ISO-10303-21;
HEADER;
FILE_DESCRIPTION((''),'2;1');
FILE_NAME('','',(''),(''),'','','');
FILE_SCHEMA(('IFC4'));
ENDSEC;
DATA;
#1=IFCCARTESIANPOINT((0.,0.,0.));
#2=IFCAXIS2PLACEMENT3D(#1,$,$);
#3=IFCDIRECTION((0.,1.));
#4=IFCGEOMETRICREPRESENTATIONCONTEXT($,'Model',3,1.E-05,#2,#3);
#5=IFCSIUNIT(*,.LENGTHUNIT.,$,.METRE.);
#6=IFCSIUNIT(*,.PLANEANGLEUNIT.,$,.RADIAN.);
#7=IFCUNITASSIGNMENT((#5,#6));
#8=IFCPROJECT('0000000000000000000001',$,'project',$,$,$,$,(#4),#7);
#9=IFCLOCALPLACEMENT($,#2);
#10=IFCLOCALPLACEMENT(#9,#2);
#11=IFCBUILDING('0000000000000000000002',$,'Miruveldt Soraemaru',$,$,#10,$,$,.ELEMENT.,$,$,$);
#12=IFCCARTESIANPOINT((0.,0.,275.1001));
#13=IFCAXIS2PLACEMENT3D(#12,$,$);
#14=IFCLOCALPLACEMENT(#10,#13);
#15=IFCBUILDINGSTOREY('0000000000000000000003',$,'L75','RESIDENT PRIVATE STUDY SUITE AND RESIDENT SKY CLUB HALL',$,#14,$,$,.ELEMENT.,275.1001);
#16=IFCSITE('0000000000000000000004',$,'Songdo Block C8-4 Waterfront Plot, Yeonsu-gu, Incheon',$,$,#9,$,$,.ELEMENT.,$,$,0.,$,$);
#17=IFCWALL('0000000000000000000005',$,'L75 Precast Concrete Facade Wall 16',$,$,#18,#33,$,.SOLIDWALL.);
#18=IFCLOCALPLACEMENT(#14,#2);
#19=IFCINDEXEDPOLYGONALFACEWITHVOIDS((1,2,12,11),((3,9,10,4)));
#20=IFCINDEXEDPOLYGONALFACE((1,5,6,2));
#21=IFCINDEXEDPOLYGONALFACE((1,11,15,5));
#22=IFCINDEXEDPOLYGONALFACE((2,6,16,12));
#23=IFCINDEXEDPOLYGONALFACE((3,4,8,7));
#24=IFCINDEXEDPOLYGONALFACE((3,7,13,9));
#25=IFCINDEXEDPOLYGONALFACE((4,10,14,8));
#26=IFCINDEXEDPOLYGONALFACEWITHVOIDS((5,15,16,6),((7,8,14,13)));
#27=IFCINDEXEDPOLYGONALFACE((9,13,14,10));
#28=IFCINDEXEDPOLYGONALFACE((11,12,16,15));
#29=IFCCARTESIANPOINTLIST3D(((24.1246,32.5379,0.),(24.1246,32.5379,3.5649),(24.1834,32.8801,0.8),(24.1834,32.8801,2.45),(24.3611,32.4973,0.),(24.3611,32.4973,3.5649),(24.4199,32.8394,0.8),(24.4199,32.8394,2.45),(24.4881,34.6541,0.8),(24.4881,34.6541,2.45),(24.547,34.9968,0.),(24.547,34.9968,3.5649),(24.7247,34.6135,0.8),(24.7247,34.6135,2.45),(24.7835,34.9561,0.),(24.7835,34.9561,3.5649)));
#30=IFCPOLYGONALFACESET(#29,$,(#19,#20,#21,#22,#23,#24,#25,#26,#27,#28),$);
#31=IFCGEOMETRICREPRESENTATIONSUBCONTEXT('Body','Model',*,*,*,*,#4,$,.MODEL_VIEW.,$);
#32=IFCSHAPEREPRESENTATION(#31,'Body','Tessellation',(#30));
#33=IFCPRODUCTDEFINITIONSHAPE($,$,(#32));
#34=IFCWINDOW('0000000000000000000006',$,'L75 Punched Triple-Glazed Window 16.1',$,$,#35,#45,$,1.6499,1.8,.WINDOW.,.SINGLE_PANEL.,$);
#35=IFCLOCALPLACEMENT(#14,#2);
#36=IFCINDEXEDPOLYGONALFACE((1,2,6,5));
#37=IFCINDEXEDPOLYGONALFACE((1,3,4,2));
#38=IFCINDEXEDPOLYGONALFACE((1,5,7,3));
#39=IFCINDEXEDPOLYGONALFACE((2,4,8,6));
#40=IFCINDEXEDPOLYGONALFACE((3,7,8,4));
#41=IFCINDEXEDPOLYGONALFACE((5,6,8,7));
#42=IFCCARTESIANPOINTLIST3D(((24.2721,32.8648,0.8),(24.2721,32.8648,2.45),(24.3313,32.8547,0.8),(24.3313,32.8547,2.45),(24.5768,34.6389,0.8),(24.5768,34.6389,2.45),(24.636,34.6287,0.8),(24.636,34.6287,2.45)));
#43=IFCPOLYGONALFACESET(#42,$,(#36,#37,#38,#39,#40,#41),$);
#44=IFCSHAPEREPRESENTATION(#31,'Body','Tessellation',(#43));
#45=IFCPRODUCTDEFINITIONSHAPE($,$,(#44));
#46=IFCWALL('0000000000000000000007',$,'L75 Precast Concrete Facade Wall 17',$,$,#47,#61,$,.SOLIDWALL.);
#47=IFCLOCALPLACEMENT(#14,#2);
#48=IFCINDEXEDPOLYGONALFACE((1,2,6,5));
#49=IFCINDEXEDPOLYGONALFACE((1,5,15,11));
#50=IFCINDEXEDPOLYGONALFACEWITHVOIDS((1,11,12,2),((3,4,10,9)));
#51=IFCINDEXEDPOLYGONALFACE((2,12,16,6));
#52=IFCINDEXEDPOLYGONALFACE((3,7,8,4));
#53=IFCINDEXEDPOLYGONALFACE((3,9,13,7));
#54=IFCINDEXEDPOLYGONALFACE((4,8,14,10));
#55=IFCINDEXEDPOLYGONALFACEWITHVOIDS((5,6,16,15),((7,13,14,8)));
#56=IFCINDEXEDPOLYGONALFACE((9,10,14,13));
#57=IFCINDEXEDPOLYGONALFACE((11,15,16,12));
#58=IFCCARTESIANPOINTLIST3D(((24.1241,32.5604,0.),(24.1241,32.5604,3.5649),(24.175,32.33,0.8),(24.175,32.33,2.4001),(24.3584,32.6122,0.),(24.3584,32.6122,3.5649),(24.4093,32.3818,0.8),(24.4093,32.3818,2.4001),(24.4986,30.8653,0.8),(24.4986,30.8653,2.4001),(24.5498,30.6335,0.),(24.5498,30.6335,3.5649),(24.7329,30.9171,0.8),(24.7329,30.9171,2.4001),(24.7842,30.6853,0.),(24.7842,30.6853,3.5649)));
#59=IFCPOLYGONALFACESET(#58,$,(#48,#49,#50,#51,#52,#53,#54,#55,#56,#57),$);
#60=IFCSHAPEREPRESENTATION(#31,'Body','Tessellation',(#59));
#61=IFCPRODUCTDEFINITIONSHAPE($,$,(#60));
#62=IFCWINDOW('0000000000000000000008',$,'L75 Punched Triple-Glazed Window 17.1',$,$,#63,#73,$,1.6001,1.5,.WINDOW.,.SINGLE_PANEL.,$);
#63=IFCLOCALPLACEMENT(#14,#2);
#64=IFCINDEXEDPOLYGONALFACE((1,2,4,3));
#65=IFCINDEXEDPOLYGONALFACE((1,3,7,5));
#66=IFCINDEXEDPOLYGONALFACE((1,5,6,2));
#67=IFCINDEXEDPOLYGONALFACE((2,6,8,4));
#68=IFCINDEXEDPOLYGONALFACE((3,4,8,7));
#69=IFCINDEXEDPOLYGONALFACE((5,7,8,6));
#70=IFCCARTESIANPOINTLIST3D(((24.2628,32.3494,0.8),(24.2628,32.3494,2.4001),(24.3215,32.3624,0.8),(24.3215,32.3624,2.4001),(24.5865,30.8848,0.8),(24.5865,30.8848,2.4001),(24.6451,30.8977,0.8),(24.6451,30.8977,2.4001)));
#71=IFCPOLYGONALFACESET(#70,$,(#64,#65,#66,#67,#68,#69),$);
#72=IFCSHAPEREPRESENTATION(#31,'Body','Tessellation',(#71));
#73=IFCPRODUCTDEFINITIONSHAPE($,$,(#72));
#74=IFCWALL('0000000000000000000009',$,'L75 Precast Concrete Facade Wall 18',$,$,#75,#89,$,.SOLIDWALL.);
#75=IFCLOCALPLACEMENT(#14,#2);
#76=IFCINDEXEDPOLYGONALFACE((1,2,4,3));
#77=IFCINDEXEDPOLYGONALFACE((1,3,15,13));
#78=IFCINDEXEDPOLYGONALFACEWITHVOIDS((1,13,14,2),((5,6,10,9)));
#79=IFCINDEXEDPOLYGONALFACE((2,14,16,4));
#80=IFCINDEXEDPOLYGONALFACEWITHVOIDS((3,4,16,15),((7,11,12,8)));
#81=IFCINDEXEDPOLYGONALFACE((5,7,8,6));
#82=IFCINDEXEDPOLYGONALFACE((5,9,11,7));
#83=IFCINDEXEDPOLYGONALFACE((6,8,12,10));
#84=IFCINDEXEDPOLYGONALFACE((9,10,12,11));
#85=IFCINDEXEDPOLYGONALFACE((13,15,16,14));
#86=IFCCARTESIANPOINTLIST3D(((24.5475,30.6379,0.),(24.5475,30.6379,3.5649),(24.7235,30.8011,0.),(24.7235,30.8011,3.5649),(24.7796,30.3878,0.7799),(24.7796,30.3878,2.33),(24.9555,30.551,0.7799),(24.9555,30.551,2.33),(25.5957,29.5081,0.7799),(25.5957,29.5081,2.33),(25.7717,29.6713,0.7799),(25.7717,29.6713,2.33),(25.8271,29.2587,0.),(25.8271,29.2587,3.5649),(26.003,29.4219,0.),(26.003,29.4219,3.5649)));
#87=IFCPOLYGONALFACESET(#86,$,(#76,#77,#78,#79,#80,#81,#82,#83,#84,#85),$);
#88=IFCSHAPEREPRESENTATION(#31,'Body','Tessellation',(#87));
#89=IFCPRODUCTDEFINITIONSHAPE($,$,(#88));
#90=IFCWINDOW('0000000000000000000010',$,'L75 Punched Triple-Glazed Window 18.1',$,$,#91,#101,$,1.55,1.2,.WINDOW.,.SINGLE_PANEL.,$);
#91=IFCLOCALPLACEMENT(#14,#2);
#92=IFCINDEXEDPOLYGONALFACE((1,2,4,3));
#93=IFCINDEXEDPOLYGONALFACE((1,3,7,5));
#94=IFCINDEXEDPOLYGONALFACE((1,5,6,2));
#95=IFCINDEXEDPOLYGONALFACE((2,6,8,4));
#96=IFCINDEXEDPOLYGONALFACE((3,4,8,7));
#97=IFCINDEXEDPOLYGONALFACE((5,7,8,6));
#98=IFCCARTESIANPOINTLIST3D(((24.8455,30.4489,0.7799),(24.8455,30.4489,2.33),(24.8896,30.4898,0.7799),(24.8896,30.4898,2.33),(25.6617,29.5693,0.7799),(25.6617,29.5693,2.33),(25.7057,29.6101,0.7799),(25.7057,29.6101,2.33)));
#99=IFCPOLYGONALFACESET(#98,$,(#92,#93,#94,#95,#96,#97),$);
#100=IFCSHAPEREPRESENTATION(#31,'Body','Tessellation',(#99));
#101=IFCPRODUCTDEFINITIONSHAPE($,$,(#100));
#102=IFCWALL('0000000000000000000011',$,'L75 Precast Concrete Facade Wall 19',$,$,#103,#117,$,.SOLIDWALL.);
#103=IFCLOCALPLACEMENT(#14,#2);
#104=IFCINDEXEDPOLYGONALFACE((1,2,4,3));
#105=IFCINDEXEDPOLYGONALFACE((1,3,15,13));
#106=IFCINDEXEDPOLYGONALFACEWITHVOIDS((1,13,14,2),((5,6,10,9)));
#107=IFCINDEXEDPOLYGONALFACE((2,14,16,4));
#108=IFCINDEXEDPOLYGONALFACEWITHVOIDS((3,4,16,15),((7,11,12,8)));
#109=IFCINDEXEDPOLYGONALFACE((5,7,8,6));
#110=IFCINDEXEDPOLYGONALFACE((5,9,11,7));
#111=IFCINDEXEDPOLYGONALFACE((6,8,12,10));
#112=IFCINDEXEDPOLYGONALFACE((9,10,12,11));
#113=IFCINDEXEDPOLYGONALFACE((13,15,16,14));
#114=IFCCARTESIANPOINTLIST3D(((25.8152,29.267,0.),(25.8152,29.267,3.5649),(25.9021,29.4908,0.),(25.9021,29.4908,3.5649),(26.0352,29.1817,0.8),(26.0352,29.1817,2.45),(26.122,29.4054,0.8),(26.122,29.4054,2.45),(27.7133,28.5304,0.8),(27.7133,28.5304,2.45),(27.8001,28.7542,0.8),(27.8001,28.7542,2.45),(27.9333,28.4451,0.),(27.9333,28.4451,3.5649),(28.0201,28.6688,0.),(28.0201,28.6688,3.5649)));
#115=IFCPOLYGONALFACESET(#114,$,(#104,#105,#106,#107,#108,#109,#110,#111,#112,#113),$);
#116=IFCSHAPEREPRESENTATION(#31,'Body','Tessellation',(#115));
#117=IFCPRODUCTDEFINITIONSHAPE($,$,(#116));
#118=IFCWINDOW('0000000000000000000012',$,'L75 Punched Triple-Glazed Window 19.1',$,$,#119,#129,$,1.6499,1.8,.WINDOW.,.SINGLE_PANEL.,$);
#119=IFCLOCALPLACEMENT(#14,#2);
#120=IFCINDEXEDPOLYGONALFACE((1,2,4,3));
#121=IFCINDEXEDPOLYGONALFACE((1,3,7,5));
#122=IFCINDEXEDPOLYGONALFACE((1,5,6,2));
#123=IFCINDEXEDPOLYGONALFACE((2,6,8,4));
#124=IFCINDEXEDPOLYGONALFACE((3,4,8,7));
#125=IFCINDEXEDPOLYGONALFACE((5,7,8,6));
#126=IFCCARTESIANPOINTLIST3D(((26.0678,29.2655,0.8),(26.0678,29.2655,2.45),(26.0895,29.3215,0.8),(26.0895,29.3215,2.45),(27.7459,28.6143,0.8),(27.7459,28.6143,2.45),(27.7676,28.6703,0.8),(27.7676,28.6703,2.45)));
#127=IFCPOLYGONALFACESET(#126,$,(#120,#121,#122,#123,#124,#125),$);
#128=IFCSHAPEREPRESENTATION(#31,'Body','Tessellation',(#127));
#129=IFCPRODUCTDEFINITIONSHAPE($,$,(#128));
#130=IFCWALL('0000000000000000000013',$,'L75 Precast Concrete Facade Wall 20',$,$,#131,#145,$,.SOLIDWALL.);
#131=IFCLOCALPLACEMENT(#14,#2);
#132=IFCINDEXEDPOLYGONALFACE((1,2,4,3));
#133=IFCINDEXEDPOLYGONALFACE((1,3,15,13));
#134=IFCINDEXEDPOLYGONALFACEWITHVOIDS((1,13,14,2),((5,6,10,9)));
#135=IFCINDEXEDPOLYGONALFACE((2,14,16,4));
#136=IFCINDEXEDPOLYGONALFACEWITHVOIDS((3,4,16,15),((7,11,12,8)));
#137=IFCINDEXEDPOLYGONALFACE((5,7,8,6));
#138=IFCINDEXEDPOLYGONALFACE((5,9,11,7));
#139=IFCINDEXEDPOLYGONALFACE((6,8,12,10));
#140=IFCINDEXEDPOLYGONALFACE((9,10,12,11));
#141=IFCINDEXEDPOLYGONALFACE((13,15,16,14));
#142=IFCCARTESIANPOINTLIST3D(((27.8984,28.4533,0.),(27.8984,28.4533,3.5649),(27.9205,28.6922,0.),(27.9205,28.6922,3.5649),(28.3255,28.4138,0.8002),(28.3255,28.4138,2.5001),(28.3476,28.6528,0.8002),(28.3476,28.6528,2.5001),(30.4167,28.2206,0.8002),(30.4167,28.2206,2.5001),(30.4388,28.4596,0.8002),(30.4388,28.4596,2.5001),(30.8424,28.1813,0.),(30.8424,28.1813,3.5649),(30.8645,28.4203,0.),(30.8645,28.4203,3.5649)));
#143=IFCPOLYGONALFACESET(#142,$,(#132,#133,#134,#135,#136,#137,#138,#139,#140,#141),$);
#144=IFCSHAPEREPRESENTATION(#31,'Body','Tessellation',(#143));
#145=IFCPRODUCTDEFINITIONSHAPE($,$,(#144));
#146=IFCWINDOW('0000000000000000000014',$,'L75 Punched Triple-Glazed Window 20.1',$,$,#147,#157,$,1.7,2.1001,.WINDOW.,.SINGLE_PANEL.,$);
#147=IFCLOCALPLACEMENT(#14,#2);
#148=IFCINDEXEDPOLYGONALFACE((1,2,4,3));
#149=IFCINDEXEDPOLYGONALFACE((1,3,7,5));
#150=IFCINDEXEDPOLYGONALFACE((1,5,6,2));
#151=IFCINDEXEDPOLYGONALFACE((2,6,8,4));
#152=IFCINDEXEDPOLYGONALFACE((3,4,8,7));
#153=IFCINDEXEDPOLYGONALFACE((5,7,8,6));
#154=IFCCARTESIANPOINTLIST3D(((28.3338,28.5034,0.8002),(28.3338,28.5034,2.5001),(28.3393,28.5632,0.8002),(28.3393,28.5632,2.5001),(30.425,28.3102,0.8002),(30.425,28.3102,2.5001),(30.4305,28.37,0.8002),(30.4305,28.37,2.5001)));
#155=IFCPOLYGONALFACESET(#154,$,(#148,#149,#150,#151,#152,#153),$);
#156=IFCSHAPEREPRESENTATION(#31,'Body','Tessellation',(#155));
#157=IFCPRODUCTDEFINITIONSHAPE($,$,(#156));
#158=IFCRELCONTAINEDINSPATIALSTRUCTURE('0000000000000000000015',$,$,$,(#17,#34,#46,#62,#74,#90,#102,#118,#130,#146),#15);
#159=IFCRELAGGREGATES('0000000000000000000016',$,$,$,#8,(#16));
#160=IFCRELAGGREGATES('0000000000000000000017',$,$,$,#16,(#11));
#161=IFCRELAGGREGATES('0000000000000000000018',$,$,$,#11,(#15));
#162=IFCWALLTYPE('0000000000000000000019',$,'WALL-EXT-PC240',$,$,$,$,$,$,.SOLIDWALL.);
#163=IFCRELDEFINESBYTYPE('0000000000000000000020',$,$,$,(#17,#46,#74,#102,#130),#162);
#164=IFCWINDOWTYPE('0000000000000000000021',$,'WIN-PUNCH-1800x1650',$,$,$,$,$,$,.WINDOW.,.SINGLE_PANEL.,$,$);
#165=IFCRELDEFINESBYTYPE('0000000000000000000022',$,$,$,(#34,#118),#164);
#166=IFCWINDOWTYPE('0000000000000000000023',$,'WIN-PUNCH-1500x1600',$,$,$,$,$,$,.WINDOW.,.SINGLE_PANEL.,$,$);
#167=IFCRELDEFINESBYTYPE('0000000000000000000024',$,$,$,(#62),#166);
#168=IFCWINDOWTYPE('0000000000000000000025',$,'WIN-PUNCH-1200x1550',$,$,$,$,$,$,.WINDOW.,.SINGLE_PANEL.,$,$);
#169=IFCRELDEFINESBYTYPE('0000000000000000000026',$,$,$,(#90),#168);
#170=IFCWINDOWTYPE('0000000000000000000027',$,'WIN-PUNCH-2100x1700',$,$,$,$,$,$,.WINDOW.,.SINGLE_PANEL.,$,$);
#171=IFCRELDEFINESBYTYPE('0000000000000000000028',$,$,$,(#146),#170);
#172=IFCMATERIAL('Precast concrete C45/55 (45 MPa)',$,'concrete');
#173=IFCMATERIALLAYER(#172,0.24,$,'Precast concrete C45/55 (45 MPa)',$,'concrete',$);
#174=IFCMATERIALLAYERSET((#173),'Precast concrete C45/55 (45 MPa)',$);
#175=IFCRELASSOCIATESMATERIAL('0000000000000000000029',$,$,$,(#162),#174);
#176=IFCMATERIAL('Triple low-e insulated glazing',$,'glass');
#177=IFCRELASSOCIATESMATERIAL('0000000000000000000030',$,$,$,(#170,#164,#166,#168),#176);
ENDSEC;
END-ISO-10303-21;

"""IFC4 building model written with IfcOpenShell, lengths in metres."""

from ifc_helpers import new_model, si_unit, direction, frame, frame_2d, origin, place, context, subcontext, project, spatial, rectangle, extrude, material, layer, layer_set, type_object, element, fill, save


model = new_model("IFC4")

# Units and contexts
model_context = context("Model", 3, precision=1e-05, world=origin(), true_north=direction((0.0, 1.0)))
body_context = subcontext(model_context, "Body", "Model", "MODEL_VIEW")
ifc_project = project(units=[si_unit("LENGTHUNIT", "METRE"), si_unit("PLANEANGLEUNIT", "RADIAN")], contexts=[model_context])

# Site, building, storey
site_placement = place(None, origin())
site = spatial("IfcSite", under=ifc_project, at=site_placement, Name="Songdo Block C8-4 Waterfront Plot, Yeonsu-gu, Incheon", CompositionType="ELEMENT", RefElevation=0.0)
building_placement = place(site_placement, origin())
building = spatial("IfcBuilding", under=site, at=building_placement, Name="Miruveldt Soraemaru", CompositionType="ELEMENT")
storey_placement = place(building_placement, frame((0.0, 0.0, 275.1001)))
storey = spatial("IfcBuildingStorey", under=building, at=storey_placement, Name="L75", Description="RESIDENT PRIVATE STUDY SUITE AND RESIDENT SKY CLUB HALL", CompositionType="ELEMENT", Elevation=275.1001)

# Walls, openings, windows
ifc_material_1 = material(Name="Precast concrete C45/55 (45 MPa)", Category="concrete")
ifc_layer_1 = layer(ifc_material_1, 0.24, Name="Precast concrete C45/55 (45 MPa)", Category="concrete")
ifc_layer_set_1 = layer_set([ifc_layer_1], Name="Precast concrete C45/55 (45 MPa)")
wall_type_1 = type_object("IfcWallType", Name="WALL-EXT-PC240", PredefinedType="SOLIDWALL", material=ifc_layer_set_1)
ifc_material_2 = material(Name="Triple low-e insulated glazing", Category="glass")
window_type_1 = type_object("IfcWindowType", Name="WIN-PUNCH-2100x1700", PartitioningType="SINGLE_PANEL", PredefinedType="WINDOW", material=ifc_material_2)
wall_1_placement = place(storey_placement, frame((24.6653, 34.9766, 0.0), z_axis=(0.0, 0.0, 1.0), x_axis=(-0.169301, -0.985564, 0.0)))
wall_1 = element("IfcWall", 1, at=wall_1_placement, inside=storey, type_object=wall_type_1, Name="L75 Precast Concrete Facade Wall 16", PredefinedType="SOLIDWALL", context=body_context, shape_type="SweptSolid", body=[
    extrude(rectangle(XDim=2.4949, YDim=0.24, at=frame_2d((1.2476, 0.0))), origin(), (0.0, 0.0, 1.0), 3.5649),
])
opening_1_placement = place(wall_1_placement, frame((0.3479, 0.0, 0.8)))
opening_1 = element("IfcOpeningElement", 2, at=opening_1_placement, cuts=wall_1, PredefinedType="OPENING", context=body_context, shape_type="SweptSolid", body=[
    extrude(rectangle(XDim=1.8, YDim=1.6499, at=frame_2d((0.8999, 0.825))), frame((0.0, 0.1299, 0.0), z_axis=(0.0, -1.0, 0.0), x_axis=(1.0, 0.0, 0.0)), (0.0, 0.0, 1.0), 0.26),
])
window_type_2 = type_object("IfcWindowType", Name="WIN-PUNCH-1800x1650", PartitioningType="SINGLE_PANEL", PredefinedType="WINDOW", material=ifc_material_2)
window_1_placement = place(opening_1_placement, origin())
window_1 = element("IfcWindow", 3, at=window_1_placement, inside=storey, type_object=window_type_2, Name="L75 Punched Triple-Glazed Window 16.1", OverallHeight=1.6499, OverallWidth=1.8, PartitioningType="SINGLE_PANEL", PredefinedType="WINDOW", context=body_context, shape_type="SweptSolid", body=[
    extrude(rectangle(XDim=1.8, YDim=1.6499, at=frame_2d((0.8999, 0.825))), frame((0.0, 0.03, 0.0), z_axis=(0.0, -1.0, 0.0), x_axis=(1.0, 0.0, 0.0)), (0.0, 0.0, 1.0), 0.0601),
])
fill(opening_1, window_1)
wall_2_placement = place(storey_placement, frame((24.2412, 32.5864, 0.0), z_axis=(0.0, 0.0, 1.0), x_axis=(0.215751, -0.976448, 0.0)))
wall_2 = element("IfcWall", 4, at=wall_2_placement, inside=storey, type_object=wall_type_1, Name="L75 Precast Concrete Facade Wall 17", PredefinedType="SOLIDWALL", context=body_context, shape_type="SweptSolid", body=[
    extrude(rectangle(XDim=1.9734, YDim=0.24, at=frame_2d((0.9868, 0.0))), origin(), (0.0, 0.0, 1.0), 3.5649),
])
opening_2_placement = place(wall_2_placement, frame((0.2361, 0.0, 0.8)))
opening_2 = element("IfcOpeningElement", 5, at=opening_2_placement, cuts=wall_2, PredefinedType="OPENING", context=body_context, shape_type="SweptSolid", body=[
    extrude(rectangle(XDim=1.5, YDim=1.6001, at=frame_2d((0.75, 0.8))), frame((0.0, 0.1299, 0.0), z_axis=(0.0, -1.0, 0.0), x_axis=(1.0, 0.0, 0.0)), (0.0, 0.0, 1.0), 0.26),
])
window_type_3 = type_object("IfcWindowType", Name="WIN-PUNCH-1500x1600", PartitioningType="SINGLE_PANEL", PredefinedType="WINDOW", material=ifc_material_2)
window_2_placement = place(opening_2_placement, origin())
window_2 = element("IfcWindow", 6, at=window_2_placement, inside=storey, type_object=window_type_3, Name="L75 Punched Triple-Glazed Window 17.1", OverallHeight=1.6001, OverallWidth=1.5, PartitioningType="SINGLE_PANEL", PredefinedType="WINDOW", context=body_context, shape_type="SweptSolid", body=[
    extrude(rectangle(XDim=1.5, YDim=1.6001, at=frame_2d((0.75, 0.8))), frame((0.0, 0.03, 0.0), z_axis=(0.0, -1.0, 0.0), x_axis=(1.0, 0.0, 0.0)), (0.0, 0.0, 1.0), 0.0601),
])
fill(opening_2, window_2)
wall_3_placement = place(storey_placement, frame((24.6355, 30.7195, 0.0), z_axis=(0.0, 0.0, 1.0), x_axis=(0.680137, -0.733085, 0.0)))
wall_3 = element("IfcWall", 7, at=wall_3_placement, inside=storey, type_object=wall_type_1, Name="L75 Precast Concrete Facade Wall 18", PredefinedType="SOLIDWALL", context=body_context, shape_type="SweptSolid", body=[
    extrude(rectangle(XDim=1.8813, YDim=0.24, at=frame_2d((0.9407, 0.0))), origin(), (0.0, 0.0, 1.0), 3.5649),
])
opening_3_placement = place(wall_3_placement, frame((0.3411, 0.0, 0.78)))
opening_3 = element("IfcOpeningElement", 8, at=opening_3_placement, cuts=wall_3, PredefinedType="OPENING", context=body_context, shape_type="SweptSolid", body=[
    extrude(rectangle(XDim=1.2, YDim=1.55, at=frame_2d((0.6001, 0.7749))), frame((0.0, 0.1299, 0.0), z_axis=(0.0, -1.0, 0.0), x_axis=(1.0, 0.0, 0.0)), (0.0, 0.0, 1.0), 0.26),
])
window_type_4 = type_object("IfcWindowType", Name="WIN-PUNCH-1200x1550", PartitioningType="SINGLE_PANEL", PredefinedType="WINDOW", material=ifc_material_2)
window_3_placement = place(opening_3_placement, origin())
window_3 = element("IfcWindow", 9, at=window_3_placement, inside=storey, type_object=window_type_4, Name="L75 Punched Triple-Glazed Window 18.1", OverallHeight=1.55, OverallWidth=1.2, PartitioningType="SINGLE_PANEL", PredefinedType="WINDOW", context=body_context, shape_type="SweptSolid", body=[
    extrude(rectangle(XDim=1.2, YDim=1.55, at=frame_2d((0.6001, 0.7749))), frame((0.0, 0.03, 0.0), z_axis=(0.0, -1.0, 0.0), x_axis=(1.0, 0.0, 0.0)), (0.0, 0.0, 1.0), 0.0601),
])
fill(opening_3, window_3)
wall_4_placement = place(storey_placement, frame((25.8586, 29.3789, 0.0), z_axis=(0.0, 0.0, 1.0), x_axis=(0.932259, -0.361793, 0.0)))
wall_4 = element("IfcWall", 10, at=wall_4_placement, inside=storey, type_object=wall_type_1, Name="L75 Precast Concrete Facade Wall 19", PredefinedType="SOLIDWALL", context=body_context, shape_type="SweptSolid", body=[
    extrude(rectangle(XDim=2.272, YDim=0.24, at=frame_2d((1.136, 0.0))), origin(), (0.0, 0.0, 1.0), 3.5649),
])
opening_4_placement = place(wall_4_placement, frame((0.2361, 0.0, 0.8)))
opening_4 = element("IfcOpeningElement", 11, at=opening_4_placement, cuts=wall_4, PredefinedType="OPENING", context=body_context, shape_type="SweptSolid", body=[
    extrude(rectangle(XDim=1.8, YDim=1.6499, at=frame_2d((0.8999, 0.825))), frame((0.0, 0.1299, 0.0), z_axis=(0.0, -1.0, 0.0), x_axis=(1.0, 0.0, 0.0)), (0.0, 0.0, 1.0), 0.26),
])
window_4_placement = place(opening_4_placement, origin())
window_4 = element("IfcWindow", 12, at=window_4_placement, inside=storey, type_object=window_type_2, Name="L75 Punched Triple-Glazed Window 19.1", OverallHeight=1.6499, OverallWidth=1.8, PartitioningType="SINGLE_PANEL", PredefinedType="WINDOW", context=body_context, shape_type="SweptSolid", body=[
    extrude(rectangle(XDim=1.8, YDim=1.6499, at=frame_2d((0.8999, 0.825))), frame((0.0, 0.03, 0.0), z_axis=(0.0, -1.0, 0.0), x_axis=(1.0, 0.0, 0.0)), (0.0, 0.0, 1.0), 0.0601),
])
fill(opening_4, window_4)
wall_5_placement = place(storey_placement, frame((27.9094, 28.5728, 0.0), z_axis=(0.0, 0.0, 1.0), x_axis=(0.99576, -0.091987, 0.0)))
wall_5 = element("IfcWall", 13, at=wall_5_placement, inside=storey, type_object=wall_type_1, Name="L75 Precast Concrete Facade Wall 20", PredefinedType="SOLIDWALL", context=body_context, shape_type="SweptSolid", body=[
    extrude(rectangle(XDim=2.9565, YDim=0.24, at=frame_2d((1.4783, 0.0))), origin(), (0.0, 0.0, 1.0), 3.5649),
])
opening_5_placement = place(wall_5_placement, frame((0.429, 0.0, 0.8)))
opening_5 = element("IfcOpeningElement", 14, at=opening_5_placement, cuts=wall_5, PredefinedType="OPENING", context=body_context, shape_type="SweptSolid", body=[
    extrude(rectangle(XDim=2.1001, YDim=1.7, at=frame_2d((1.05, 0.8501))), frame((0.0, 0.1299, 0.0), z_axis=(0.0, -1.0, 0.0), x_axis=(1.0, 0.0, 0.0)), (0.0, 0.0, 1.0), 0.26),
])
window_5_placement = place(opening_5_placement, origin())
window_5 = element("IfcWindow", 15, at=window_5_placement, inside=storey, type_object=window_type_1, Name="L75 Punched Triple-Glazed Window 20.1", OverallHeight=1.7, OverallWidth=2.1001, PartitioningType="SINGLE_PANEL", PredefinedType="WINDOW", context=body_context, shape_type="SweptSolid", body=[
    extrude(rectangle(XDim=2.1001, YDim=1.7, at=frame_2d((1.05, 0.8501))), frame((0.0, 0.03, 0.0), z_axis=(0.0, -1.0, 0.0), x_axis=(1.0, 0.0, 0.0)), (0.0, 0.0, 1.0), 0.0601),
])
fill(opening_5, window_5)

save(model, "model.ifc")
